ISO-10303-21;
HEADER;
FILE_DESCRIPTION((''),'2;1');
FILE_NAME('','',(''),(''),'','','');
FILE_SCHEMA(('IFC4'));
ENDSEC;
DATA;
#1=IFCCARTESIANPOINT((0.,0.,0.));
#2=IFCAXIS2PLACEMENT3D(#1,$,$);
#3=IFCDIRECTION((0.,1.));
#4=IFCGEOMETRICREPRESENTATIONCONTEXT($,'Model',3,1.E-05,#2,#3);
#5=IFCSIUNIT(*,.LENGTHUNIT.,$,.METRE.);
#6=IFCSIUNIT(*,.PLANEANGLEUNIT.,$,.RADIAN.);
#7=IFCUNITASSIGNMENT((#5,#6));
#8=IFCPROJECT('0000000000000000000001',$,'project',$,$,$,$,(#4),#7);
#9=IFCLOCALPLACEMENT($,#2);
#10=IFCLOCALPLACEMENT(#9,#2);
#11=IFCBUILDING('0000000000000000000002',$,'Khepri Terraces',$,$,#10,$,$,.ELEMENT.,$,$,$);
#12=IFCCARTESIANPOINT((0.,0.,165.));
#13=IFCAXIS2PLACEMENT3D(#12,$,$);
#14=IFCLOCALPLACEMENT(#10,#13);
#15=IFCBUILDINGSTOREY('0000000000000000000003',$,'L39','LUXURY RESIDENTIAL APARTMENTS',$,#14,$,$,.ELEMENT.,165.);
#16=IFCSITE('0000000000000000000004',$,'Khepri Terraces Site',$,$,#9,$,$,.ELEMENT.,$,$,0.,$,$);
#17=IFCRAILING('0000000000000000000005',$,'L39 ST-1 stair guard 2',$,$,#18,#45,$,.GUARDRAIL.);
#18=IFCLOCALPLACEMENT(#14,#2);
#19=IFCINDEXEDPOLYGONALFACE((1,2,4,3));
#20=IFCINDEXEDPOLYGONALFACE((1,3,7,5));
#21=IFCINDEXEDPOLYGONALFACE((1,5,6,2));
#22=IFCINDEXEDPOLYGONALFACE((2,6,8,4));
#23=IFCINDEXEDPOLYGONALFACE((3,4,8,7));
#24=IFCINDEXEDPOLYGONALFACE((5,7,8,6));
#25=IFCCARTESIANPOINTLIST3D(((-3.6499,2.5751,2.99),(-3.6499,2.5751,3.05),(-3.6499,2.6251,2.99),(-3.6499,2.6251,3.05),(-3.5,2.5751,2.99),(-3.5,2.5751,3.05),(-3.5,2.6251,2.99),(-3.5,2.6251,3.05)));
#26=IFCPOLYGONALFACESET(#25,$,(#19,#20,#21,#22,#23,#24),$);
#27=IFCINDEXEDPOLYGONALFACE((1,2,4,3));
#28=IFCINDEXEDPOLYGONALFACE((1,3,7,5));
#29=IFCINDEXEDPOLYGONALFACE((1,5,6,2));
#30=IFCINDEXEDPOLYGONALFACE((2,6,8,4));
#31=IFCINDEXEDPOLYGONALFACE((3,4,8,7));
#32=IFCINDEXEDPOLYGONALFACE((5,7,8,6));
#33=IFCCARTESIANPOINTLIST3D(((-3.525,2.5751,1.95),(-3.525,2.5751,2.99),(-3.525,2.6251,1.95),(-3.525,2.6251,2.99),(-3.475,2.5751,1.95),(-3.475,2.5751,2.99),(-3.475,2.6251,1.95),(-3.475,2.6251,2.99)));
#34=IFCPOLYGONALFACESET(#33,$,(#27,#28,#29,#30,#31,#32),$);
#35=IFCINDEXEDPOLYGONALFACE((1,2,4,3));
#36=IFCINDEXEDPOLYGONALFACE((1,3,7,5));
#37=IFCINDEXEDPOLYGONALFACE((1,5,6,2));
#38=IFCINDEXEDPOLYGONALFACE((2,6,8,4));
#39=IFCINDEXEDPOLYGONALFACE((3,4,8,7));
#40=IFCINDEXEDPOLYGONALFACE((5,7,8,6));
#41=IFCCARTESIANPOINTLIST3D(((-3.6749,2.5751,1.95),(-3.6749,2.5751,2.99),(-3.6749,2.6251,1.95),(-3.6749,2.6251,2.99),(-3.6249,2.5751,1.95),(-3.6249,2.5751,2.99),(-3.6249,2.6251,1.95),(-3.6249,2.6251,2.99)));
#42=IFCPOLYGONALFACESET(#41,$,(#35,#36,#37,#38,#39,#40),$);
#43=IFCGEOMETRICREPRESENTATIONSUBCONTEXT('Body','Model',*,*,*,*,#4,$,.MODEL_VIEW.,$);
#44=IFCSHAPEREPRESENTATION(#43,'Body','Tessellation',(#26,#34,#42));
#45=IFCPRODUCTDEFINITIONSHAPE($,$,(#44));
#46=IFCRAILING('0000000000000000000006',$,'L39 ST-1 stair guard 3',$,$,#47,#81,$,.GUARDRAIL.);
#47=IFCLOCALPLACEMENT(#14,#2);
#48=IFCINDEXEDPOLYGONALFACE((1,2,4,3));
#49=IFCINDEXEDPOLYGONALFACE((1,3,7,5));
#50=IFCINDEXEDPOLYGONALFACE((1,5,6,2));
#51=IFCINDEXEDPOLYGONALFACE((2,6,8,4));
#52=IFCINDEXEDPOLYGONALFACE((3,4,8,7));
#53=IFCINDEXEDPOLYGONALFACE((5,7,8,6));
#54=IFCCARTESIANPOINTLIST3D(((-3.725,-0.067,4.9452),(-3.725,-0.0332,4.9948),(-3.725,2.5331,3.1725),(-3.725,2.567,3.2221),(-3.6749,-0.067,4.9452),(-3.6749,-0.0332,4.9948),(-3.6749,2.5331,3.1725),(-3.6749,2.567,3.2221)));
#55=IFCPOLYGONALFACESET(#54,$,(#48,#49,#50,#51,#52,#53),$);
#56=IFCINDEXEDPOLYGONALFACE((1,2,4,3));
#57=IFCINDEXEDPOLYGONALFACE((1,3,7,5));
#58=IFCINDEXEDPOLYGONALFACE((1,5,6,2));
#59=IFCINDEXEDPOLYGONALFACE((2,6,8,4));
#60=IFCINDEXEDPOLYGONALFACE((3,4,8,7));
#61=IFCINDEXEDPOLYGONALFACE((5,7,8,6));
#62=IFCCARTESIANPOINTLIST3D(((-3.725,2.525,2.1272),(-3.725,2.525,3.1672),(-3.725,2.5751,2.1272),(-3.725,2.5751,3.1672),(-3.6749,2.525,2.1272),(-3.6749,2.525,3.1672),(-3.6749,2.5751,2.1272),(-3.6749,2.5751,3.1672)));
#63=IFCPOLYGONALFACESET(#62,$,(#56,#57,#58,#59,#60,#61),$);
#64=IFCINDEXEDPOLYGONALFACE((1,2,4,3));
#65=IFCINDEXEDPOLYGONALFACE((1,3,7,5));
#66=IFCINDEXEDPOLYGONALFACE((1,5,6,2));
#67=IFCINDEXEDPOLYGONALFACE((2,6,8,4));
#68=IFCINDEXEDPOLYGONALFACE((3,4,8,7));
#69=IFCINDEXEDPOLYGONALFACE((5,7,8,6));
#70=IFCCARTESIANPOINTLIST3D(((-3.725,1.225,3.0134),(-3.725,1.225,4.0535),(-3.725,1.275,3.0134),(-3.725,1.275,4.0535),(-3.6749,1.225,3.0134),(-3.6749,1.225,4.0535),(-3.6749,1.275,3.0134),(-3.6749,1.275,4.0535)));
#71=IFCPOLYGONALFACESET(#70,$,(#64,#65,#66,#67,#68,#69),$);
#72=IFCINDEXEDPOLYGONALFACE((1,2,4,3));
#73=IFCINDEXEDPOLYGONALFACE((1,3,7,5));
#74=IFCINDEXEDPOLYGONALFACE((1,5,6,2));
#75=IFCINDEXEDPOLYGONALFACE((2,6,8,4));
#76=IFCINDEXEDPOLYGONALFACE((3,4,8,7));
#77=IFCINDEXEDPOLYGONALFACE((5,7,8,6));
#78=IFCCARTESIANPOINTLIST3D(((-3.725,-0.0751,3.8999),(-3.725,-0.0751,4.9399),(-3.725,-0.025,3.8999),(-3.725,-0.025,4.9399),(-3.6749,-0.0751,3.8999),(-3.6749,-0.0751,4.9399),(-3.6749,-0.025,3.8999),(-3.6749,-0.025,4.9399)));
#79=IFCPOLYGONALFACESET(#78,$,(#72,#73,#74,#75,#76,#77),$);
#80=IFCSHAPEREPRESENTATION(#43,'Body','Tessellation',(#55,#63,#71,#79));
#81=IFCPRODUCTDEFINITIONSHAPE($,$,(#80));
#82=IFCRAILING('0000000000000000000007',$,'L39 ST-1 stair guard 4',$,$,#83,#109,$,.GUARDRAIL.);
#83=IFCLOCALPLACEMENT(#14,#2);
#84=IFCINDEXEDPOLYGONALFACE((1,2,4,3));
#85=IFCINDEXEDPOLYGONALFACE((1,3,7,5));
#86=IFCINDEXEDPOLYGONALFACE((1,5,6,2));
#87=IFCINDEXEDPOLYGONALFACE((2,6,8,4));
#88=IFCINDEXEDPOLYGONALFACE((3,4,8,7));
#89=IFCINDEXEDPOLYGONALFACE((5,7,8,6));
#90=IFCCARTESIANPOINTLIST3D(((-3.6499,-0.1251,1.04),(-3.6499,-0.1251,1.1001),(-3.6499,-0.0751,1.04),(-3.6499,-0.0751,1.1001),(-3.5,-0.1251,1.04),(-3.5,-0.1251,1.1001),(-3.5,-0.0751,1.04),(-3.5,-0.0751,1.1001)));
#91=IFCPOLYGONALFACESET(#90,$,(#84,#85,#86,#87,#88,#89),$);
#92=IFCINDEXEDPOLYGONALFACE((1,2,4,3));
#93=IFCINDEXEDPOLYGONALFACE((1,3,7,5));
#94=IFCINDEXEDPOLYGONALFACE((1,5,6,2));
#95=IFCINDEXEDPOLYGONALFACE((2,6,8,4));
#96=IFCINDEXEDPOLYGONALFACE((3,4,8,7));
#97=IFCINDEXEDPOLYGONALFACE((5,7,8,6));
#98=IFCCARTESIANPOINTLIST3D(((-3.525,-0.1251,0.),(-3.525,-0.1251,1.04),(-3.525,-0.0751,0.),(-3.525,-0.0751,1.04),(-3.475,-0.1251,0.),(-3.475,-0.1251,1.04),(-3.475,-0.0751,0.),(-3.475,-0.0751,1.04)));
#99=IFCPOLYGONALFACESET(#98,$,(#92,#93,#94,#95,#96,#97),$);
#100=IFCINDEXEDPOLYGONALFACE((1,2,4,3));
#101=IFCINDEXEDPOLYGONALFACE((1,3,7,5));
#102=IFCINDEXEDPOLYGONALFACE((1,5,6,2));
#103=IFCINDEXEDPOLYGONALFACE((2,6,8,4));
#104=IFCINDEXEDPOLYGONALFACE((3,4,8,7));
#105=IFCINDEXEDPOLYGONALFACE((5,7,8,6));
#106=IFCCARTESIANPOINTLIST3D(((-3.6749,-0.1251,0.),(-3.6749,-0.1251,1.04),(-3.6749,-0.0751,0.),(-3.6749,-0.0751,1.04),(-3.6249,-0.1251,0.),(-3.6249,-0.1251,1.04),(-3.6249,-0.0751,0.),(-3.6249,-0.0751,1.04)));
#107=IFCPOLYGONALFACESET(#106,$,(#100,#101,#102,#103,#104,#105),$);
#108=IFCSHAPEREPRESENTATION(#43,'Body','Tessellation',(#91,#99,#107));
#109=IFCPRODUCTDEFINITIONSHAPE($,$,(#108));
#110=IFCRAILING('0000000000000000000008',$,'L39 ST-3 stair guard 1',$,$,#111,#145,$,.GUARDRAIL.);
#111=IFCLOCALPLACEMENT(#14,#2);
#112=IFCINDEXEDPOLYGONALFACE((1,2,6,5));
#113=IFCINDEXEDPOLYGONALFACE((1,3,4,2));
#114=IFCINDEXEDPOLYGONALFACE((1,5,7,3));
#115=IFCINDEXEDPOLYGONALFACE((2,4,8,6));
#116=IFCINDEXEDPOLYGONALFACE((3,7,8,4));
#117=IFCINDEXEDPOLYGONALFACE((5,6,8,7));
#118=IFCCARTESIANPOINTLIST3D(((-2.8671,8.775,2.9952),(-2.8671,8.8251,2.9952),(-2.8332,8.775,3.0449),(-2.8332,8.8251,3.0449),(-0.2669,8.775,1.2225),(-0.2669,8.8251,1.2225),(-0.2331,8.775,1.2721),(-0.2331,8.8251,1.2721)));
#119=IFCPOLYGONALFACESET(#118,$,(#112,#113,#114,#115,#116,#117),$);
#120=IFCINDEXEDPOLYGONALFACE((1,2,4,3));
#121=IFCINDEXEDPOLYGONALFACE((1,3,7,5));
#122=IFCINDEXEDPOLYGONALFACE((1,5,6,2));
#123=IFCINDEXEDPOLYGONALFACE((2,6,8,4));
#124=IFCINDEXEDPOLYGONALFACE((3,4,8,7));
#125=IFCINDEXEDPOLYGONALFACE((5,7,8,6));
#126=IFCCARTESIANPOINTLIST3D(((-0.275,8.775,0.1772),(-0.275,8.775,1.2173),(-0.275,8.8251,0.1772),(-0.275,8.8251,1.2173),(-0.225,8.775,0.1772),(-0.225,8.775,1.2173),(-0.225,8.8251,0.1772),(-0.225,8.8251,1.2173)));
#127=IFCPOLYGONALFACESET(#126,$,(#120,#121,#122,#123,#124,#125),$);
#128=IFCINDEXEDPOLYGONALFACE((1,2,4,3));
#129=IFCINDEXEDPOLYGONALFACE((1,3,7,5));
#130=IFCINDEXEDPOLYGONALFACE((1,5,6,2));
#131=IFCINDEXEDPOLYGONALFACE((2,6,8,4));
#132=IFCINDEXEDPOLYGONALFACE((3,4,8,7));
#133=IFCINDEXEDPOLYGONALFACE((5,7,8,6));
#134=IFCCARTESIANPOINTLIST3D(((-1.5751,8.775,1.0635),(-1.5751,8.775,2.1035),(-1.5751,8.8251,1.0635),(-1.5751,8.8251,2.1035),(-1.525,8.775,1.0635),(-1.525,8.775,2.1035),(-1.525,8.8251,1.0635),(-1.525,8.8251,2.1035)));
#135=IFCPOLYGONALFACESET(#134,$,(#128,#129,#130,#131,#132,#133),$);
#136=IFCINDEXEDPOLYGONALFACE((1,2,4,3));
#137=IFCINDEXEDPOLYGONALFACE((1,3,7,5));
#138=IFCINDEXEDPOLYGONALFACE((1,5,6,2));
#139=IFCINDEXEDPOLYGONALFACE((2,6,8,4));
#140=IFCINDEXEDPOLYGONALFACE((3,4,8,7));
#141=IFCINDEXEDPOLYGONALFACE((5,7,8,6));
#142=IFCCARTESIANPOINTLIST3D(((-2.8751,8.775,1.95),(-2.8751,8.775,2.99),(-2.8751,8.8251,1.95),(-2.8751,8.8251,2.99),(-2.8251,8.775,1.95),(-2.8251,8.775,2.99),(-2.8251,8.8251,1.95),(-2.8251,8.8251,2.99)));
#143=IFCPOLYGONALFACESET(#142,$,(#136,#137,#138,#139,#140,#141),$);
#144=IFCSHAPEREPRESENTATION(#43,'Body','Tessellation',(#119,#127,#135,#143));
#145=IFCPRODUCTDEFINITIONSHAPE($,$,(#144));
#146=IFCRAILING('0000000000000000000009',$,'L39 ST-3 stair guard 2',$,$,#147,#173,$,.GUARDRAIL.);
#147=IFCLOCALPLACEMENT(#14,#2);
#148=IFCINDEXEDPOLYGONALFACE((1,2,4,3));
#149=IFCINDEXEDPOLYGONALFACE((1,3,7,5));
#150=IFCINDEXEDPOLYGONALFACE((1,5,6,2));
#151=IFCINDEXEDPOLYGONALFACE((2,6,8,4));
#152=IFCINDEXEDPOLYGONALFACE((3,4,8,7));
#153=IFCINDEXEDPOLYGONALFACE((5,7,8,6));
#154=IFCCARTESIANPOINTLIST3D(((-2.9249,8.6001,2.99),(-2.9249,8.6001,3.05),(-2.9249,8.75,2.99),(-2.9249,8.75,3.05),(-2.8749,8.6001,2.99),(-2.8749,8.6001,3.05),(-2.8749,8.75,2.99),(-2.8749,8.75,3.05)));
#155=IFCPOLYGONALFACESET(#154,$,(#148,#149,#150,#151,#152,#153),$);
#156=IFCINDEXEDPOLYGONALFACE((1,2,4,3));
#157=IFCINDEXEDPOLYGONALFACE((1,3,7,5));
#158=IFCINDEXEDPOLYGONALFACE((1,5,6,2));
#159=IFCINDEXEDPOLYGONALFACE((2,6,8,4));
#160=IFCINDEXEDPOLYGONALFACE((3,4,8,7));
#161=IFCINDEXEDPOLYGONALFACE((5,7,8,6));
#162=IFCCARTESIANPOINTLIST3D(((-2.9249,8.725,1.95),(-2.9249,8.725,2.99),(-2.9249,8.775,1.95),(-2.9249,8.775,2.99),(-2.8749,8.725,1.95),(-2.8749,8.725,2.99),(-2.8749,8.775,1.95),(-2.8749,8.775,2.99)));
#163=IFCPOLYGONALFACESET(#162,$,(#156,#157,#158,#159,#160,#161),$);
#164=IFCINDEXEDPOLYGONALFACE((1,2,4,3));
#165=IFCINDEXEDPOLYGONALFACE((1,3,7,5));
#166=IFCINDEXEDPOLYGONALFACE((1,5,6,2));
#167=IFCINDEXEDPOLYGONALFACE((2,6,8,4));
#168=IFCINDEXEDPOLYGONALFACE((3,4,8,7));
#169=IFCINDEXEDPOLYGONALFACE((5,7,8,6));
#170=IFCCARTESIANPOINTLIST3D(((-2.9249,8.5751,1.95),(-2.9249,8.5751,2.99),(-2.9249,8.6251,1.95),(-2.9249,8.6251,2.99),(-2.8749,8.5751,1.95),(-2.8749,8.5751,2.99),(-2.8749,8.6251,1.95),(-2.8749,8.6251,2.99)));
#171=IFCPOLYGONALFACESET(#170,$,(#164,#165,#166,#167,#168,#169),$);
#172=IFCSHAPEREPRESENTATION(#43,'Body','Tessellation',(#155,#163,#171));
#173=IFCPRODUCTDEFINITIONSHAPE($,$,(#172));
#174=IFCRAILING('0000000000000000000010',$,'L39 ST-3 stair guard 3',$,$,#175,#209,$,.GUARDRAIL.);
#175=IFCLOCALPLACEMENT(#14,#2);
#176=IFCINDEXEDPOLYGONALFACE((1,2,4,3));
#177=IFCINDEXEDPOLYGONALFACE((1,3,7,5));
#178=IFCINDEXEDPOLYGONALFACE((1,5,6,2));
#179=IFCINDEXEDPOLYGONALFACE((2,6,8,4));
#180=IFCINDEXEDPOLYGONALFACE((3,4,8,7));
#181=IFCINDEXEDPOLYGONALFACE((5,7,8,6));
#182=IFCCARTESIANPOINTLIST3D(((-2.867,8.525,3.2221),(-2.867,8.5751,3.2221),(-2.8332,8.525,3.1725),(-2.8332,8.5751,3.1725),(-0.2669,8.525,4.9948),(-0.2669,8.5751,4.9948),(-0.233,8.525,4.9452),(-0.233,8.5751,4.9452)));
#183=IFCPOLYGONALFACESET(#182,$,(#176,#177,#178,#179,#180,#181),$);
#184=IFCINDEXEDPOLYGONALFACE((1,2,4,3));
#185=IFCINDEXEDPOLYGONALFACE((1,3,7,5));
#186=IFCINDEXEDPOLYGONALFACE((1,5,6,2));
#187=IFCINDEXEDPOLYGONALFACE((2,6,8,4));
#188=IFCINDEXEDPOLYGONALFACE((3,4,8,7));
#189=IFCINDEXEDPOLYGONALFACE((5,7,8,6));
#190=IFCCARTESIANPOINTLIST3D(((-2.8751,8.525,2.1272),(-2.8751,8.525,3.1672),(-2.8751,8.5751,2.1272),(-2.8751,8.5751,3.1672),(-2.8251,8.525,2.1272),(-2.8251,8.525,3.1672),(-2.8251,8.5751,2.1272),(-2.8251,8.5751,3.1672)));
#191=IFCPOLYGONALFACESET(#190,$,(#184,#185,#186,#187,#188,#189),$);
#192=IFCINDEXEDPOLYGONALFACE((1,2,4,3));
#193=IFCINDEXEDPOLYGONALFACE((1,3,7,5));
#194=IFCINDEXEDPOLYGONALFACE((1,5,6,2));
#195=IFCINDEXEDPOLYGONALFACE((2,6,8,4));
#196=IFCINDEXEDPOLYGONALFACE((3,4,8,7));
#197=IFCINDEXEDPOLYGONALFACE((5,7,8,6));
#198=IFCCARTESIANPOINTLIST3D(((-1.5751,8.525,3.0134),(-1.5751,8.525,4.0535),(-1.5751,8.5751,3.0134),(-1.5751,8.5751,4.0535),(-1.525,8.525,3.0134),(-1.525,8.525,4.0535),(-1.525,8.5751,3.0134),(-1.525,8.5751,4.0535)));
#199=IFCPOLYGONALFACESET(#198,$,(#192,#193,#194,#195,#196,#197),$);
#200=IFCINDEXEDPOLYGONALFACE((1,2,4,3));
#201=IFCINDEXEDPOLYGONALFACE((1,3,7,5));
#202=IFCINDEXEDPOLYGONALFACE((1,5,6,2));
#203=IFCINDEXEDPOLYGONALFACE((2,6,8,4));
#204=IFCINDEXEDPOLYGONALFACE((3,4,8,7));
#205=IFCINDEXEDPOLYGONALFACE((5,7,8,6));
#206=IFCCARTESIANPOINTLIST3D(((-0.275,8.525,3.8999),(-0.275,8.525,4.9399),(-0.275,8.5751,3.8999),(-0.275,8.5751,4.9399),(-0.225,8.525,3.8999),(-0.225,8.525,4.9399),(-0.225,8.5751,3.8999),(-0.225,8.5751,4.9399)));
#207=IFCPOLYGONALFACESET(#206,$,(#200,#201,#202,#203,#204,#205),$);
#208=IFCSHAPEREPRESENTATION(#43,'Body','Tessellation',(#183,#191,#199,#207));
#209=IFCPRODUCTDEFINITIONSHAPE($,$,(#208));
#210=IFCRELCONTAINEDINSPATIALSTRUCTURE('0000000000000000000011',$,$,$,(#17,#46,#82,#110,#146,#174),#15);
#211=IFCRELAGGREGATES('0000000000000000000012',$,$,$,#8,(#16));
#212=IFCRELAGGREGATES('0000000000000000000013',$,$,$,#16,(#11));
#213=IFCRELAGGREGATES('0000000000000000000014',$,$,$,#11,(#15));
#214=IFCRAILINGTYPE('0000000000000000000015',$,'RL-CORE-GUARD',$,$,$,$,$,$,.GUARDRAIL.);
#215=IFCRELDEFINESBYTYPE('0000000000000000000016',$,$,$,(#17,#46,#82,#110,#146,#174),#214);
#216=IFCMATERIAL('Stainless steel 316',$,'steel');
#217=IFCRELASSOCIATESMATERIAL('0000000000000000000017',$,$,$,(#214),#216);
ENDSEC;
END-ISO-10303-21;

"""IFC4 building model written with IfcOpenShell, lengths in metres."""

from ifc_helpers import new_model, si_unit, direction, frame, origin, origin_2d, place, context, subcontext, project, spatial, rectangle, extrude, material, type_object, element, save


model = new_model("IFC4")

# Units and contexts
model_context = context("Model", 3, precision=1e-05, world=origin(), true_north=direction((0.0, 1.0)))
body_context = subcontext(model_context, "Body", "Model", "MODEL_VIEW")
ifc_project = project(units=[si_unit("LENGTHUNIT", "METRE"), si_unit("PLANEANGLEUNIT", "RADIAN")], contexts=[model_context])

# Site, building, storey
site_placement = place(None, origin())
site = spatial("IfcSite", under=ifc_project, at=site_placement, Name="Khepri Terraces Site", CompositionType="ELEMENT", RefElevation=0.0)
building_placement = place(site_placement, origin())
building = spatial("IfcBuilding", under=site, at=building_placement, Name="Khepri Terraces", CompositionType="ELEMENT")
storey_placement = place(building_placement, frame((0.0, 0.0, 165.0)))
storey = spatial("IfcBuildingStorey", under=building, at=storey_placement, Name="L39", Description="LUXURY RESIDENTIAL APARTMENTS", CompositionType="ELEMENT", Elevation=165.0)

# Railings
ifc_material_1 = material(Name="Stainless steel 316", Category="steel")
railing_type_1 = type_object("IfcRailingType", Name="RL-CORE-GUARD", PredefinedType="GUARDRAIL", material=ifc_material_1)
railing_1_placement = place(storey_placement, frame((-3.5, 2.6001, 1.95)))
element("IfcRailing", 1, at=railing_1_placement, inside=storey, type_object=railing_type_1, Name="L39 ST-1 stair guard 2", PredefinedType="GUARDRAIL", context=body_context, shape_type="SweptSolid", body=[
    extrude(rectangle(XDim=0.05, YDim=0.0601, at=origin_2d()), frame((0.0, 0.0, 1.0701), z_axis=(-1.0, 0.0, 0.0), x_axis=(0.0, -1.0, 0.0)), (0.0, 0.0, 1.0), 0.1499),
    extrude(rectangle(XDim=0.05, YDim=0.05, at=origin_2d()), origin(), (0.0, 0.0, 1.0), 1.04),
    extrude(rectangle(XDim=0.05, YDim=0.05, at=origin_2d()), frame((-0.1499, 0.0, 0.0)), (0.0, 0.0, 1.0), 1.04),
])
railing_2_placement = place(storey_placement, frame((-3.7, 2.55, 2.1272)))
element("IfcRailing", 2, at=railing_2_placement, inside=storey, type_object=railing_type_1, Name="L39 ST-1 stair guard 3", PredefinedType="GUARDRAIL", context=body_context, shape_type="SweptSolid", body=[
    extrude(rectangle(XDim=0.05, YDim=0.0601, at=origin_2d()), frame((0.0, 0.0, 1.0701), z_axis=(0.0, -0.82624, 0.563318), x_axis=(1.0, 0.0, 0.0)), (0.0, 0.0, 1.0), 3.147),
    extrude(rectangle(XDim=0.05, YDim=0.05, at=origin_2d()), origin(), (0.0, 0.0, 1.0), 1.04),
    extrude(rectangle(XDim=0.05, YDim=0.05, at=origin_2d()), frame((0.0, -1.3, 0.8862)), (0.0, 0.0, 1.0), 1.04),
    extrude(rectangle(XDim=0.05, YDim=0.05, at=origin_2d()), frame((0.0, -2.6001, 1.7727)), (0.0, 0.0, 1.0), 1.04),
])
railing_3_placement = place(storey_placement, frame((-3.5, -0.1001, 0.0)))
element("IfcRailing", 3, at=railing_3_placement, inside=storey, type_object=railing_type_1, Name="L39 ST-1 stair guard 4", PredefinedType="GUARDRAIL", context=body_context, shape_type="SweptSolid", body=[
    extrude(rectangle(XDim=0.05, YDim=0.0601, at=origin_2d()), frame((0.0, 0.0, 1.0701), z_axis=(-1.0, 0.0, 0.0), x_axis=(0.0, -1.0, 0.0)), (0.0, 0.0, 1.0), 0.1499),
    extrude(rectangle(XDim=0.05, YDim=0.05, at=origin_2d()), origin(), (0.0, 0.0, 1.0), 1.04),
    extrude(rectangle(XDim=0.05, YDim=0.05, at=origin_2d()), frame((-0.1499, 0.0, 0.0)), (0.0, 0.0, 1.0), 1.04),
])
railing_4_placement = place(storey_placement, frame((-0.25, 8.8, 0.1772)))
element("IfcRailing", 4, at=railing_4_placement, inside=storey, type_object=railing_type_1, Name="L39 ST-3 stair guard 1", PredefinedType="GUARDRAIL", context=body_context, shape_type="SweptSolid", body=[
    extrude(rectangle(XDim=0.05, YDim=0.0601, at=origin_2d()), frame((0.0, 0.0, 1.0701), z_axis=(-0.82624, 0.0, 0.563318), x_axis=(0.0, -1.0, 0.0)), (0.0, 0.0, 1.0), 3.147),
    extrude(rectangle(XDim=0.05, YDim=0.05, at=origin_2d()), origin(), (0.0, 0.0, 1.0), 1.04),
    extrude(rectangle(XDim=0.05, YDim=0.05, at=origin_2d()), frame((-1.3, 0.0, 0.8862)), (0.0, 0.0, 1.0), 1.04),
    extrude(rectangle(XDim=0.05, YDim=0.05, at=origin_2d()), frame((-2.6001, 0.0, 1.7727)), (0.0, 0.0, 1.0), 1.04),
])
railing_5_placement = place(storey_placement, frame((-2.8999, 8.75, 1.95)))
element("IfcRailing", 5, at=railing_5_placement, inside=storey, type_object=railing_type_1, Name="L39 ST-3 stair guard 2", PredefinedType="GUARDRAIL", context=body_context, shape_type="SweptSolid", body=[
    extrude(rectangle(XDim=0.05, YDim=0.0601, at=origin_2d()), frame((0.0, 0.0, 1.0701), z_axis=(0.0, -1.0, 0.0), x_axis=(1.0, 0.0, 0.0)), (0.0, 0.0, 1.0), 0.1499),
    extrude(rectangle(XDim=0.05, YDim=0.05, at=origin_2d()), origin(), (0.0, 0.0, 1.0), 1.04),
    extrude(rectangle(XDim=0.05, YDim=0.05, at=origin_2d()), frame((0.0, -0.1499, 0.0)), (0.0, 0.0, 1.0), 1.04),
])
railing_6_placement = place(storey_placement, frame((-2.8501, 8.55, 2.1272)))
element("IfcRailing", 6, at=railing_6_placement, inside=storey, type_object=railing_type_1, Name="L39 ST-3 stair guard 3", PredefinedType="GUARDRAIL", context=body_context, shape_type="SweptSolid", body=[
    extrude(rectangle(XDim=0.05, YDim=0.0601, at=origin_2d()), frame((0.0, 0.0, 1.0701), z_axis=(0.82624, 0.0, 0.563318), x_axis=(0.0, 1.0, 0.0)), (0.0, 0.0, 1.0), 3.147),
    extrude(rectangle(XDim=0.05, YDim=0.05, at=origin_2d()), origin(), (0.0, 0.0, 1.0), 1.04),
    extrude(rectangle(XDim=0.05, YDim=0.05, at=origin_2d()), frame((1.3, 0.0, 0.8862)), (0.0, 0.0, 1.0), 1.04),
    extrude(rectangle(XDim=0.05, YDim=0.05, at=origin_2d()), frame((2.6001, 0.0, 1.7727)), (0.0, 0.0, 1.0), 1.04),
])

save(model, "model.ifc")
